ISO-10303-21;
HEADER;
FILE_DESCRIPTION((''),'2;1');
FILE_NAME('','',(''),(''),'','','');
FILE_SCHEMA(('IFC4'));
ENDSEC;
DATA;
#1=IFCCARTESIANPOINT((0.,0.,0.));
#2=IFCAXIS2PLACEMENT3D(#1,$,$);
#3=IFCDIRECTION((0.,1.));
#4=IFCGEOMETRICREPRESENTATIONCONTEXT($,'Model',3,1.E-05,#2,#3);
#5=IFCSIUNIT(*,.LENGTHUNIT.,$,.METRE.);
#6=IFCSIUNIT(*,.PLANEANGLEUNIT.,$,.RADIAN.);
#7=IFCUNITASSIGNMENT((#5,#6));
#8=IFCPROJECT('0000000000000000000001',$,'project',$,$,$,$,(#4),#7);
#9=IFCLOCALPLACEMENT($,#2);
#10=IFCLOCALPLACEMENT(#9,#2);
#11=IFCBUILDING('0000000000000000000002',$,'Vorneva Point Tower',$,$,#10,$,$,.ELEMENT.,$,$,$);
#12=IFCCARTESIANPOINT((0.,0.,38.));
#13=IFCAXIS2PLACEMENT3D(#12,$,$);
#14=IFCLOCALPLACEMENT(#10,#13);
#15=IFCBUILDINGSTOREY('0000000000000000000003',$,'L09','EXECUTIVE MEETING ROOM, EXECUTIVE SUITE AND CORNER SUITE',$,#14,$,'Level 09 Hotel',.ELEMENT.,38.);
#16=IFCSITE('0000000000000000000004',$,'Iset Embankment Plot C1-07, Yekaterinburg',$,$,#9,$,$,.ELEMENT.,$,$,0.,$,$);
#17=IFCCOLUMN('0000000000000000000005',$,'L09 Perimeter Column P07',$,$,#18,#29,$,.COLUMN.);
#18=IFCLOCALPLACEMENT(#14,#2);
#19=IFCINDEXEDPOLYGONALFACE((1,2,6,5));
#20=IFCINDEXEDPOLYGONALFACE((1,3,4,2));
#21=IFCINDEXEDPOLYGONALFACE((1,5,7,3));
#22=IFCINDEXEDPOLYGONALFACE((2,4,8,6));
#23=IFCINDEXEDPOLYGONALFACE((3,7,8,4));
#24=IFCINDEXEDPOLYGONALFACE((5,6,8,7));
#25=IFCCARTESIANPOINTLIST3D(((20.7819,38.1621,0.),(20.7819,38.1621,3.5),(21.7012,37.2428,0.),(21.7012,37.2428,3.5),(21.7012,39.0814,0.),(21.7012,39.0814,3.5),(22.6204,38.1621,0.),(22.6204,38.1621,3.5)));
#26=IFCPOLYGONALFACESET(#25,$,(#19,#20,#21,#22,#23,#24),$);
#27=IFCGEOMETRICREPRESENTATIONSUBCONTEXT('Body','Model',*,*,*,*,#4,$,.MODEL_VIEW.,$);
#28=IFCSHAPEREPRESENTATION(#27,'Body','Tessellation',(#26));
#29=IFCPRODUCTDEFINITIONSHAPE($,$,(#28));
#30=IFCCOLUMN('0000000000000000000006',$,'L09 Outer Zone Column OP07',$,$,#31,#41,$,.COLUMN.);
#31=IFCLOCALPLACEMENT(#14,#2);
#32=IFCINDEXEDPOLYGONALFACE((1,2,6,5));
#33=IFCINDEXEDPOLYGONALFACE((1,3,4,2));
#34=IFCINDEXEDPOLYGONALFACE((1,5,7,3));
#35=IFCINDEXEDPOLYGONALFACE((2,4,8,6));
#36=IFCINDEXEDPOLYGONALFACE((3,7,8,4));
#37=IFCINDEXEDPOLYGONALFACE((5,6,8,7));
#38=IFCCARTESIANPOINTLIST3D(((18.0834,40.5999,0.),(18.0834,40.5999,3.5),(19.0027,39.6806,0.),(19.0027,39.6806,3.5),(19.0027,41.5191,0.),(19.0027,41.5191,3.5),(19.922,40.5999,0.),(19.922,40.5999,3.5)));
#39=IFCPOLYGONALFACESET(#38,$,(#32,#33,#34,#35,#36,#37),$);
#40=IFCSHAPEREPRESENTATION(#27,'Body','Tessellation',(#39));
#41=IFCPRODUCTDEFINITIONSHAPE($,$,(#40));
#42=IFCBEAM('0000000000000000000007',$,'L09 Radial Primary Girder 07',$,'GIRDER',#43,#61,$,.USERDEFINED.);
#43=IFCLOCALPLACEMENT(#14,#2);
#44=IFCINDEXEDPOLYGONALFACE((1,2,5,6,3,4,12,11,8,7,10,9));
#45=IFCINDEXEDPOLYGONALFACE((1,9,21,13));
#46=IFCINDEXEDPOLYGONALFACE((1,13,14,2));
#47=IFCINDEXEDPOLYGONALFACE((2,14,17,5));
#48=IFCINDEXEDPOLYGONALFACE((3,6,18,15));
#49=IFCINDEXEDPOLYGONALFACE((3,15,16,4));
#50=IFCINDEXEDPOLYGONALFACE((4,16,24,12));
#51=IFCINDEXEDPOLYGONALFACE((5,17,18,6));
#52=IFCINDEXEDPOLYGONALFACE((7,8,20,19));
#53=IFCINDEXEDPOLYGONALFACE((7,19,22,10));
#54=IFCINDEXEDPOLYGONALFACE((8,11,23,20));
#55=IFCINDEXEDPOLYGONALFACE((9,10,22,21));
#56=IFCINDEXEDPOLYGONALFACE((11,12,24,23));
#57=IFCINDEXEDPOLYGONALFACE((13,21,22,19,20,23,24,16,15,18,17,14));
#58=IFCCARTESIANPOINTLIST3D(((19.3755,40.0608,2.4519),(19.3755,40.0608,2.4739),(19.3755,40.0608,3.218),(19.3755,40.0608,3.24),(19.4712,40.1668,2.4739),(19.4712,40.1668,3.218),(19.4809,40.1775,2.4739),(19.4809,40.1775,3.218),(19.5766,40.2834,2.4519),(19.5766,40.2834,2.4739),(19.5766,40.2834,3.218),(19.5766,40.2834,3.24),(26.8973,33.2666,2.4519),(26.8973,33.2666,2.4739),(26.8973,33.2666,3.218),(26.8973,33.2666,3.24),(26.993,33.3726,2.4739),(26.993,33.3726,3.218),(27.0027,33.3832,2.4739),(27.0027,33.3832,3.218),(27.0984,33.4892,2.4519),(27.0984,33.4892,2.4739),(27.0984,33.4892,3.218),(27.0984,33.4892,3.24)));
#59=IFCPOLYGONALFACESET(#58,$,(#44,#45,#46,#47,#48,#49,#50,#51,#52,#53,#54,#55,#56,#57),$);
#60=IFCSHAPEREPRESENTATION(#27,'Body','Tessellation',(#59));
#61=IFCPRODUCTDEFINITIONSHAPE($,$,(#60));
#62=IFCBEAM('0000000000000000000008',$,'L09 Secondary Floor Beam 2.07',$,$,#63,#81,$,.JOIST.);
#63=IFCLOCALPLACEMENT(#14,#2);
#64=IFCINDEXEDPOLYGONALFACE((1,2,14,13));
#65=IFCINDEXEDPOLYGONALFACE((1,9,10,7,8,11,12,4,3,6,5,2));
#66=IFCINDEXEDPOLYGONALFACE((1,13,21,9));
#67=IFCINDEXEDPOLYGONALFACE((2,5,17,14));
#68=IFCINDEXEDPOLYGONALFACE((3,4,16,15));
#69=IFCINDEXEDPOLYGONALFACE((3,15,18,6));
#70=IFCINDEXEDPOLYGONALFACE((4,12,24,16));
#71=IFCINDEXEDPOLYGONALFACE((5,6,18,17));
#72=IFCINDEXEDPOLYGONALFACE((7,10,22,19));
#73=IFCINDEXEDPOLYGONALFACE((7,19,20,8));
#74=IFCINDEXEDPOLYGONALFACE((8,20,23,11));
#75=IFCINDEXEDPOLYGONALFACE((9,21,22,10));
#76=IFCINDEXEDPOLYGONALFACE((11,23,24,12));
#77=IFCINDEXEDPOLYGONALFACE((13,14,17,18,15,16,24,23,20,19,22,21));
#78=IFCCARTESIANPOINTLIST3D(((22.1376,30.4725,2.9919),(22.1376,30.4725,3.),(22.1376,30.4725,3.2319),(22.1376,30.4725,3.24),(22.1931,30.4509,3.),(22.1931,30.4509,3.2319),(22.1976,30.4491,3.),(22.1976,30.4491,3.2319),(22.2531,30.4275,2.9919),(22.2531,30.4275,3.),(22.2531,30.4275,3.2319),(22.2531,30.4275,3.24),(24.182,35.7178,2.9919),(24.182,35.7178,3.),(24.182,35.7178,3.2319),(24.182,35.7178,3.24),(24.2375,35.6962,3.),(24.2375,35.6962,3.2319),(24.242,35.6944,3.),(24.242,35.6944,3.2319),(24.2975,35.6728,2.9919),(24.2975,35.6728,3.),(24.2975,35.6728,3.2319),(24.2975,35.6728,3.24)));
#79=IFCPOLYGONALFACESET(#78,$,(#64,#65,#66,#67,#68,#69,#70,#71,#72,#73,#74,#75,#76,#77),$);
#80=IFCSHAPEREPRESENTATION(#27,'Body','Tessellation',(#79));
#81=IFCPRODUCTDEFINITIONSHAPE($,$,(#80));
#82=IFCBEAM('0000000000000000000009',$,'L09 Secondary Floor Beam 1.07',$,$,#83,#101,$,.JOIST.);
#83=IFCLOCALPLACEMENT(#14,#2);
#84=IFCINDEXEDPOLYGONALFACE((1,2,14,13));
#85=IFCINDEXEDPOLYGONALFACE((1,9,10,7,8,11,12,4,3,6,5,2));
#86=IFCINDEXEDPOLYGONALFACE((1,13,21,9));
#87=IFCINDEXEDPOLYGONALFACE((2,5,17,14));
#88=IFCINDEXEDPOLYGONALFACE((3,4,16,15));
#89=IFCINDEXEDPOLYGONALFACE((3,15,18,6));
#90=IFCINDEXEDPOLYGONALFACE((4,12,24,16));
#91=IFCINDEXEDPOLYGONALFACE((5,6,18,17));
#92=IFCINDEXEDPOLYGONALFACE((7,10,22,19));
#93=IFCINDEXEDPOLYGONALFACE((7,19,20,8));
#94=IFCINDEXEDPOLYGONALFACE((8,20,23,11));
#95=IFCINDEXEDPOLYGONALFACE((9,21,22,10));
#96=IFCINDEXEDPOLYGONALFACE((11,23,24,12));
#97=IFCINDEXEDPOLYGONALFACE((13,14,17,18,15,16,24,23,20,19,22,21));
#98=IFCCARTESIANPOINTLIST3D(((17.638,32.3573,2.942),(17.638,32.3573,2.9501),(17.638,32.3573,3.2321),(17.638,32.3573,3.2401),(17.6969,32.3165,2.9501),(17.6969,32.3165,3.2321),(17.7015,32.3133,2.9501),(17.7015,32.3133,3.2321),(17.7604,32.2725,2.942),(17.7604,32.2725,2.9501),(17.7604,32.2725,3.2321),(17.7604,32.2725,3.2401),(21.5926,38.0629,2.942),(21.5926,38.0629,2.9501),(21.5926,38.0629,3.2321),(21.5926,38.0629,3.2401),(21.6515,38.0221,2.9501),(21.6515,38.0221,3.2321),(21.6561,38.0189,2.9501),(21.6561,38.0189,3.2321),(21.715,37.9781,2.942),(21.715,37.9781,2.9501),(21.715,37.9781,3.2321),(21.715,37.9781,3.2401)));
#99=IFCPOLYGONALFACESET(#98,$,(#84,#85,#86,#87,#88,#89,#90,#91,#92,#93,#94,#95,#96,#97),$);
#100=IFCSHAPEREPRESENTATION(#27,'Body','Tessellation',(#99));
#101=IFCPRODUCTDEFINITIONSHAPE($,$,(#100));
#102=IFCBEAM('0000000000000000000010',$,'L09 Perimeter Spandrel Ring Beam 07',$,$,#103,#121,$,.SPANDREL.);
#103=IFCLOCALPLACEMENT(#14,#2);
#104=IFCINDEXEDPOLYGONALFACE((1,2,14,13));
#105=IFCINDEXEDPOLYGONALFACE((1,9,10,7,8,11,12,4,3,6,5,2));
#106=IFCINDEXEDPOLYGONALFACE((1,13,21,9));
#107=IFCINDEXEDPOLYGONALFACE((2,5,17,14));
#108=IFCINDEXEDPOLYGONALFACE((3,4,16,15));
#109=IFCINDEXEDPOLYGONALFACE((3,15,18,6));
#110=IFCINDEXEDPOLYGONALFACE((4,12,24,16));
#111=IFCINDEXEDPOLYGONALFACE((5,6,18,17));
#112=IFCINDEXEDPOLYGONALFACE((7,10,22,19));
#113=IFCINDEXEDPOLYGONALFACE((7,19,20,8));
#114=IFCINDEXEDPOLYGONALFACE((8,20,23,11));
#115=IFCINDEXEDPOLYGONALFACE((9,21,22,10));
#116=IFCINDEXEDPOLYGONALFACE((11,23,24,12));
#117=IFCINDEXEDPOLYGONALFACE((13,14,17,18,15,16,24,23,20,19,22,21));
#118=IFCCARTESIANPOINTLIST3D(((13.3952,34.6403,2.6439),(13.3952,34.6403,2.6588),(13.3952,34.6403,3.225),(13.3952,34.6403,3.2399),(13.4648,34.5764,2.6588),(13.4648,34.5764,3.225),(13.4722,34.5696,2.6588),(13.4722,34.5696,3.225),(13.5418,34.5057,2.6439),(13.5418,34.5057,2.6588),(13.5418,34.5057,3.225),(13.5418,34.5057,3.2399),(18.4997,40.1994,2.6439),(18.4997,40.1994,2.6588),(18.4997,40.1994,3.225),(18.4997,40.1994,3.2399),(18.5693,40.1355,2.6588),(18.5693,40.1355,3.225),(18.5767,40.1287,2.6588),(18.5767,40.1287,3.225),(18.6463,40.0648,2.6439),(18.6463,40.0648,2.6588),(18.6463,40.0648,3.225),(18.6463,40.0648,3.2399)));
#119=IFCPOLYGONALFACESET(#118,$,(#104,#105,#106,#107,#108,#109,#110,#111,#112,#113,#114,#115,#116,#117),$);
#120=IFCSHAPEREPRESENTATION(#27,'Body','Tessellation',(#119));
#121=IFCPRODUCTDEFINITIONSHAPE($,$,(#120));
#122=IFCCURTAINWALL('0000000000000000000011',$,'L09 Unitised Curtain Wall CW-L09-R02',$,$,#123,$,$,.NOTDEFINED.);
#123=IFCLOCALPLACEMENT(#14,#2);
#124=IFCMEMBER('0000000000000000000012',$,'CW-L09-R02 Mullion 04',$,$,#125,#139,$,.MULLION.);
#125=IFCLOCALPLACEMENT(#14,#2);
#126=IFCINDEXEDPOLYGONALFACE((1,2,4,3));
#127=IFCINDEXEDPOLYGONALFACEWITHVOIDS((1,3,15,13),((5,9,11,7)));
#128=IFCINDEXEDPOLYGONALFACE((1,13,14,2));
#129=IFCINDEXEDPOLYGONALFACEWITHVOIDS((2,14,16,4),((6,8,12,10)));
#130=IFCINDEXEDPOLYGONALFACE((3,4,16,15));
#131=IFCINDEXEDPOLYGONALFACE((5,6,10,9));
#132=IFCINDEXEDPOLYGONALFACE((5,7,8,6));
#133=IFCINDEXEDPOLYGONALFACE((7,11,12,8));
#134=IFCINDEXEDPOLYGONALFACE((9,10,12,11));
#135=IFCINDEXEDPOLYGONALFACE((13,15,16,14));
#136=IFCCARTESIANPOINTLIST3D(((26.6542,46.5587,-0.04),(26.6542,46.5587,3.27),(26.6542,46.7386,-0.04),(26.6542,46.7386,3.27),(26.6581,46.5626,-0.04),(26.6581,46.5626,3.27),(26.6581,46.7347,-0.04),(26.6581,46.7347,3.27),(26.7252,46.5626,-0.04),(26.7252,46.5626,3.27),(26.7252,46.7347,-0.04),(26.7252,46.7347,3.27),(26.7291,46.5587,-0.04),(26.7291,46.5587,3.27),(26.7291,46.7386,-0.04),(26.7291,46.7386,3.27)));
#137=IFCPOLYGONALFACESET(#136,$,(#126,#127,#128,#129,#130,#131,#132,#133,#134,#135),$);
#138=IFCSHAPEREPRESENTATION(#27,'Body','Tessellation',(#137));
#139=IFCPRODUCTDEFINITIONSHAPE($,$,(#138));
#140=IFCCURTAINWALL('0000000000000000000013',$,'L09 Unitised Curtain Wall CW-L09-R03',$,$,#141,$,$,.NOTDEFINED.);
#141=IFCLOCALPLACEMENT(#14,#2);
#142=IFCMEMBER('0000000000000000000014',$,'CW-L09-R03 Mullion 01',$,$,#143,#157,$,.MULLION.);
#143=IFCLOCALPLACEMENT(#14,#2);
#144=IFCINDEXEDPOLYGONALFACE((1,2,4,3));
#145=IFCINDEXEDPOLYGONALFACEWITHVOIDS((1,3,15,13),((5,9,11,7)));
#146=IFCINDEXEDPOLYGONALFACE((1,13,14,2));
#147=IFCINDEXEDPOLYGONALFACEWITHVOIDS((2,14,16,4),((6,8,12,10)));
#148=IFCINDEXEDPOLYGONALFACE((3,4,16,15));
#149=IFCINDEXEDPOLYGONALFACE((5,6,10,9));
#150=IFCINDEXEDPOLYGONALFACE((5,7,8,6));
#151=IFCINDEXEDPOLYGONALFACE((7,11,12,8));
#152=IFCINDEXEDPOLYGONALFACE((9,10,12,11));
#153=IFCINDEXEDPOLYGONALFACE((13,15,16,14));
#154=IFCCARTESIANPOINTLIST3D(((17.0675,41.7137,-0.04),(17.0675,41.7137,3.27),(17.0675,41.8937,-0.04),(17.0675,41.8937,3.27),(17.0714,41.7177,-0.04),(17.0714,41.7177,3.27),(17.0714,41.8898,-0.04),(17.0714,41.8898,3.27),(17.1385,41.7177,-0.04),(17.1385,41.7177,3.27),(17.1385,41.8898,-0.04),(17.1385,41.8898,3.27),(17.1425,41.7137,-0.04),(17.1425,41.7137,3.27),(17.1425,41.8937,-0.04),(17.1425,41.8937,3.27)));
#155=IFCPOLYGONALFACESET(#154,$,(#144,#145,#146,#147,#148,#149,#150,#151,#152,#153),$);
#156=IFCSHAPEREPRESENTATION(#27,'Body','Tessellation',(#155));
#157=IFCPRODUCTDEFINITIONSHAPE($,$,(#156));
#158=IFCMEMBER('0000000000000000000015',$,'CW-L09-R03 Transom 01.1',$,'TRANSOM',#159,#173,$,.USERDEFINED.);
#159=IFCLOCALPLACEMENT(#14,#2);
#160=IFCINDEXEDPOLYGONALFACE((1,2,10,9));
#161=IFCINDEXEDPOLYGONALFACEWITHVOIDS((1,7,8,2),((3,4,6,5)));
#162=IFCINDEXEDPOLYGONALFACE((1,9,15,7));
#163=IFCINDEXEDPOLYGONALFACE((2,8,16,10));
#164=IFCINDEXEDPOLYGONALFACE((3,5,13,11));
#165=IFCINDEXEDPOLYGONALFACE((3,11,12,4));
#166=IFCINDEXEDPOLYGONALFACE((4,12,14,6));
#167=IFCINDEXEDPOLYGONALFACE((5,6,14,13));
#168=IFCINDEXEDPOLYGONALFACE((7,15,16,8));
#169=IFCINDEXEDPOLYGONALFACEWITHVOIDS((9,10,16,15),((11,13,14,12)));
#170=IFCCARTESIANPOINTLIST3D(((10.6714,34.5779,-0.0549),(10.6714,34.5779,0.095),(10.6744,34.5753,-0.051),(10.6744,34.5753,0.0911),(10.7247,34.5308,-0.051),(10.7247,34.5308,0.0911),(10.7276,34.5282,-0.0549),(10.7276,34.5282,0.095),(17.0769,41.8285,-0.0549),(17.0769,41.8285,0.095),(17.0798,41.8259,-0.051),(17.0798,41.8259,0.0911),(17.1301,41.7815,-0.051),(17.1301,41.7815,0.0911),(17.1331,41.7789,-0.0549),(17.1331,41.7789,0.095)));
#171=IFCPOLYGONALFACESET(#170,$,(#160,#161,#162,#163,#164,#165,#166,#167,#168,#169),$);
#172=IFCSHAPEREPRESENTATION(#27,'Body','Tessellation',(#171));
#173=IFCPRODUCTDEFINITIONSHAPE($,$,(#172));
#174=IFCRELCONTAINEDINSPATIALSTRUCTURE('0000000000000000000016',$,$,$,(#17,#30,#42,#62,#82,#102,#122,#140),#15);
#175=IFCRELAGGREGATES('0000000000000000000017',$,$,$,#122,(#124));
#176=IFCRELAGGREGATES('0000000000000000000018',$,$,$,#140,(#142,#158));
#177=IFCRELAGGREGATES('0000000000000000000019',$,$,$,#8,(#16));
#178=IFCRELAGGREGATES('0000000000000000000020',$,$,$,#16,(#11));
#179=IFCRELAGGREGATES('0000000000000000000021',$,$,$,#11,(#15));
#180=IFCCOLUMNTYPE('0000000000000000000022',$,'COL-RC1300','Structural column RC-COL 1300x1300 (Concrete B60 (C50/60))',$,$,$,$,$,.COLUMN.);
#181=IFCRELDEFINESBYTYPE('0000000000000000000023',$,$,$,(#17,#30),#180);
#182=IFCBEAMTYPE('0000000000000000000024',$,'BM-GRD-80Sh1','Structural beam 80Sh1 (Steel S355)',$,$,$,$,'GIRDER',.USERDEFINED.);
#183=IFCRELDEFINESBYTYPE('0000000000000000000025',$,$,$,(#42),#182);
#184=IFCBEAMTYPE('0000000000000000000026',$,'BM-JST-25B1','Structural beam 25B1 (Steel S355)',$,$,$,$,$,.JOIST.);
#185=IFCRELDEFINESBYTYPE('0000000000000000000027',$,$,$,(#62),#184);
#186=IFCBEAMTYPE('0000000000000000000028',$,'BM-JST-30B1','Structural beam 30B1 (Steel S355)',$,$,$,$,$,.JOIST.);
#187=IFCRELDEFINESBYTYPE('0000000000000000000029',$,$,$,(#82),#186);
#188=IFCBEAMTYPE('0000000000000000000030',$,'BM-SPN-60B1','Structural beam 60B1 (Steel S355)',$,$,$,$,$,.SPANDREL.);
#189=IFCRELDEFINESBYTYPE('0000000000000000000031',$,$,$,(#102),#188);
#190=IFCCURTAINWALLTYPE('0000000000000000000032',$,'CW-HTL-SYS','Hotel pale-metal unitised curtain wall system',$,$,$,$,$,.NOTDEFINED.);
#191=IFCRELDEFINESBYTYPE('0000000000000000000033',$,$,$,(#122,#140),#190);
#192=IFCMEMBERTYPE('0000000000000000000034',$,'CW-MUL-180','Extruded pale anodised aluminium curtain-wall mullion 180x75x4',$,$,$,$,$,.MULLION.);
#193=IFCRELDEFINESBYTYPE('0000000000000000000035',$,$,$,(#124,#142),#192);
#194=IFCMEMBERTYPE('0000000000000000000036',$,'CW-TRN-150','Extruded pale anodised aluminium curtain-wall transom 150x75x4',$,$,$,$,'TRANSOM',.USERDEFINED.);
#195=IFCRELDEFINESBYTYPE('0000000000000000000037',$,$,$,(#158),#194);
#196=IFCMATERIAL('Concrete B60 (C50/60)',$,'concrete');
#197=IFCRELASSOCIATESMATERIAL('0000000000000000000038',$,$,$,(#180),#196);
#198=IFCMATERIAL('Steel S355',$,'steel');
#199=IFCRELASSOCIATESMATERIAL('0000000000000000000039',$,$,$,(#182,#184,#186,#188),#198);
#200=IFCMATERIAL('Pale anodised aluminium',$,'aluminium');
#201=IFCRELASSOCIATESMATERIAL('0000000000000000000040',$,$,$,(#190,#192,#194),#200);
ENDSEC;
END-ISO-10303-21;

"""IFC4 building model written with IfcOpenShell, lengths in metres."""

from ifc_helpers import new_model, si_unit, direction, frame, origin, origin_2d, place, context, subcontext, project, spatial, rectangle, hollow_rectangle, i_section, extrude, material, material_profile, profile_set, type_object, element, aggregate, save


model = new_model("IFC4")

# Units and contexts
model_context = context("Model", 3, precision=1e-05, world=origin(), true_north=direction((0.0, 1.0)))
body_context = subcontext(model_context, "Body", "Model", "MODEL_VIEW")
ifc_project = project(units=[si_unit("LENGTHUNIT", "METRE"), si_unit("PLANEANGLEUNIT", "RADIAN")], contexts=[model_context])

# Site, building, storey
site_placement = place(None, origin())
site = spatial("IfcSite", under=ifc_project, at=site_placement, Name="Iset Embankment Plot C1-07, Yekaterinburg", CompositionType="ELEMENT", RefElevation=0.0)
building_placement = place(site_placement, origin())
building = spatial("IfcBuilding", under=site, at=building_placement, Name="Vorneva Point Tower", CompositionType="ELEMENT")
storey_placement = place(building_placement, frame((0.0, 0.0, 38.0)))
storey = spatial("IfcBuildingStorey", under=building, at=storey_placement, Name="L09", Description="EXECUTIVE MEETING ROOM, EXECUTIVE SUITE AND CORNER SUITE", LongName="Level 09 Hotel", CompositionType="ELEMENT", Elevation=38.0)

# Columns
ifc_material_1 = material(Name="Concrete B60 (C50/60)", Category="concrete")
ifc_material_profile_1 = material_profile(ifc_material_1, rectangle(XDim=1.3, YDim=1.3, at=origin_2d()), Name="RC-COL 1300x1300")
ifc_profile_set_1 = profile_set([ifc_material_profile_1], Name="Concrete B60 (C50/60)")
column_type = type_object("IfcColumnType", Name="COL-RC1300", Description="Structural column RC-COL 1300x1300 (Concrete B60 (C50/60))", PredefinedType="COLUMN", material=ifc_profile_set_1)
for number, where, z_axis, x_axis, name in (
    (1, (21.7012, 38.1621, 0.0), (0.0, 0.0, 1.0), (-0.707107, 0.707107, 0.0), "L09 Perimeter Column P07"),
    (2, (19.0027, 40.5999, 0.0), (0.0, 0.0, 1.0), (-0.707107, 0.707107, 0.0), "L09 Outer Zone Column OP07"),
):
    element("IfcColumn", number, at=place(storey_placement, frame(where, z_axis=z_axis, x_axis=x_axis)), inside=storey, type_object=column_type, Name=name, PredefinedType="COLUMN", context=body_context, shape_type="SweptSolid", body=[
        extrude(rectangle(XDim=1.3, YDim=1.3, at=origin_2d()), origin(), (0.0, 0.0, 1.0), 3.5),
    ])

# Beams
ifc_material_2 = material(Name="Steel S355", Category="steel")
ifc_material_profile_2 = material_profile(ifc_material_2, i_section(OverallWidth=0.3, OverallDepth=0.7881, WebThickness=0.0144, FlangeThickness=0.022, at=origin_2d()), Name="80Sh1")
ifc_profile_set_2 = profile_set([ifc_material_profile_2], Name="Steel S355")
beam_type_1 = type_object("IfcBeamType", Name="BM-GRD-80Sh1", Description="Structural beam 80Sh1 (Steel S355)", ElementType="GIRDER", PredefinedType="USERDEFINED", material=ifc_profile_set_2)
beam_1_placement = place(storey_placement, frame((19.4761, 40.1721, 2.8459), z_axis=(0.742084, -0.670306, 0.0), x_axis=(0.670306, 0.742084, 0.0)))
element("IfcBeam", 3, at=beam_1_placement, inside=storey, type_object=beam_type_1, Name="L09 Radial Primary Girder 07", ObjectType="GIRDER", PredefinedType="USERDEFINED", context=body_context, shape_type="SweptSolid", body=[
    extrude(i_section(OverallWidth=0.3, OverallDepth=0.7881, WebThickness=0.0144, FlangeThickness=0.022, at=origin_2d()), origin(), (0.0, 0.0, 1.0), 10.136),
])
ifc_material_profile_3 = material_profile(ifc_material_2, i_section(OverallWidth=0.124, OverallDepth=0.248, WebThickness=0.0049, FlangeThickness=0.0081, at=origin_2d()), Name="25B1")
ifc_profile_set_3 = profile_set([ifc_material_profile_3], Name="Steel S355")
beam_type_2 = type_object("IfcBeamType", Name="BM-JST-25B1", Description="Structural beam 25B1 (Steel S355)", PredefinedType="JOIST", material=ifc_profile_set_3)
beam_2_placement = place(storey_placement, frame((24.2397, 35.6953, 3.116), z_axis=(-0.363151, -0.93173, 0.0), x_axis=(0.93173, -0.363151, 0.0)))
element("IfcBeam", 4, at=beam_2_placement, inside=storey, type_object=beam_type_2, Name="L09 Secondary Floor Beam 2.07", PredefinedType="JOIST", context=body_context, shape_type="SweptSolid", body=[
    extrude(i_section(OverallWidth=0.124, OverallDepth=0.248, WebThickness=0.0049, FlangeThickness=0.0081, at=origin_2d()), origin(), (0.0, 0.0, 1.0), 5.6296),
])
ifc_material_profile_4 = material_profile(ifc_material_2, i_section(OverallWidth=0.1489, OverallDepth=0.2981, WebThickness=0.0056, FlangeThickness=0.0081, at=origin_2d()), Name="30B1")
ifc_profile_set_4 = profile_set([ifc_material_profile_4], Name="Steel S355")
beam_type_3 = type_object("IfcBeamType", Name="BM-JST-30B1", Description="Structural beam 30B1 (Steel S355)", PredefinedType="JOIST", material=ifc_profile_set_4)
beam_3_placement = place(storey_placement, frame((21.6538, 38.0205, 3.0911), z_axis=(-0.569656, -0.821883, 0.0), x_axis=(0.821883, -0.569656, 0.0)))
element("IfcBeam", 5, at=beam_3_placement, inside=storey, type_object=beam_type_3, Name="L09 Secondary Floor Beam 1.07", PredefinedType="JOIST", context=body_context, shape_type="SweptSolid", body=[
    extrude(i_section(OverallWidth=0.1489, OverallDepth=0.2981, WebThickness=0.0056, FlangeThickness=0.0081, at=origin_2d()), origin(), (0.0, 0.0, 1.0), 6.9421),
])
ifc_material_profile_5 = material_profile(ifc_material_2, i_section(OverallWidth=0.199, OverallDepth=0.5959, WebThickness=0.01, FlangeThickness=0.0149, at=origin_2d()), Name="60B1")
ifc_profile_set_5 = profile_set([ifc_material_profile_5], Name="Steel S355")
beam_type_4 = type_object("IfcBeamType", Name="BM-SPN-60B1", Description="Structural beam 60B1 (Steel S355)", PredefinedType="SPANDREL", material=ifc_profile_set_5)
beam_4_placement = place(storey_placement, frame((18.573, 40.1321, 2.9419), z_axis=(-0.676348, -0.736582, 0.0), x_axis=(0.736582, -0.676348, 0.0)))
element("IfcBeam", 6, at=beam_4_placement, inside=storey, type_object=beam_type_4, Name="L09 Perimeter Spandrel Ring Beam 07", PredefinedType="SPANDREL", context=body_context, shape_type="SweptSolid", body=[
    extrude(i_section(OverallWidth=0.199, OverallDepth=0.5959, WebThickness=0.01, FlangeThickness=0.0149, at=origin_2d()), origin(), (0.0, 0.0, 1.0), 7.5471),
])

# Curtain wall, member
ifc_material_3 = material(Name="Pale anodised aluminium", Category="aluminium")
curtain_wall_type = type_object("IfcCurtainWallType", Name="CW-HTL-SYS", Description="Hotel pale-metal unitised curtain wall system", PredefinedType="NOTDEFINED", material=ifc_material_3)
curtain_wall_1_placement = place(storey_placement, origin())
curtain_wall_1 = element("IfcCurtainWall", 7, at=curtain_wall_1_placement, inside=storey, type_object=curtain_wall_type, Name="L09 Unitised Curtain Wall CW-L09-R02", PredefinedType="NOTDEFINED")
ifc_material_profile_6 = material_profile(ifc_material_3, hollow_rectangle(XDim=0.075, YDim=0.1799, WallThickness=0.0039, at=origin_2d()), Name="AL-MUL 180x75x4")
ifc_profile_set_6 = profile_set([ifc_material_profile_6], Name="Pale anodised aluminium")
member_type_1 = type_object("IfcMemberType", Name="CW-MUL-180", Description="Extruded pale anodised aluminium curtain-wall mullion 180x75x4", PredefinedType="MULLION", material=ifc_profile_set_6)
member_1_placement = place(storey_placement, frame((26.6917, 46.6487, -0.04), z_axis=(0.0, 0.0, 1.0), x_axis=(1.0, 0.0, 0.0)))
member_1 = element("IfcMember", 8, at=member_1_placement, type_object=member_type_1, Name="CW-L09-R02 Mullion 04", PredefinedType="MULLION", context=body_context, shape_type="SweptSolid", body=[
    extrude(hollow_rectangle(XDim=0.075, YDim=0.1799, WallThickness=0.0039, at=origin_2d()), origin(), (0.0, 0.0, 1.0), 3.3101),
])
aggregate(curtain_wall_1, [member_1])

# Curtain wall, members
curtain_wall_2_placement = place(storey_placement, origin())
curtain_wall_2 = element("IfcCurtainWall", 9, at=curtain_wall_2_placement, inside=storey, type_object=curtain_wall_type, Name="L09 Unitised Curtain Wall CW-L09-R03", PredefinedType="NOTDEFINED")
member_2_placement = place(storey_placement, frame((17.105, 41.8037, -0.04), z_axis=(0.0, 0.0, 1.0), x_axis=(1.0, 0.0, 0.0)))
member_2 = element("IfcMember", 10, at=member_2_placement, type_object=member_type_1, Name="CW-L09-R03 Mullion 01", PredefinedType="MULLION", context=body_context, shape_type="SweptSolid", body=[
    extrude(hollow_rectangle(XDim=0.075, YDim=0.1799, WallThickness=0.0039, at=origin_2d()), origin(), (0.0, 0.0, 1.0), 3.3101),
])
ifc_material_profile_7 = material_profile(ifc_material_3, hollow_rectangle(XDim=0.075, YDim=0.1499, WallThickness=0.0039, at=origin_2d()), Name="AL-TRN 150x75x4")
ifc_profile_set_7 = profile_set([ifc_material_profile_7], Name="Pale anodised aluminium")
member_type_2 = type_object("IfcMemberType", Name="CW-TRN-150", Description="Extruded pale anodised aluminium curtain-wall transom 150x75x4", ElementType="TRANSOM", PredefinedType="USERDEFINED", material=ifc_profile_set_7)
member_3_placement = place(storey_placement, frame((17.105, 41.8037, 0.02), z_axis=(-0.662076, -0.749437, 0.0), x_axis=(0.749437, -0.662076, 0.0)))
member_3 = element("IfcMember", 11, at=member_3_placement, type_object=member_type_2, Name="CW-L09-R03 Transom 01.1", ObjectType="TRANSOM", PredefinedType="USERDEFINED", context=body_context, shape_type="SweptSolid", body=[
    extrude(hollow_rectangle(XDim=0.075, YDim=0.1499, WallThickness=0.0039, at=origin_2d()), origin(), (0.0, 0.0, 1.0), 9.6748),
])
aggregate(curtain_wall_2, [member_2, member_3])

save(model, "model.ifc")
